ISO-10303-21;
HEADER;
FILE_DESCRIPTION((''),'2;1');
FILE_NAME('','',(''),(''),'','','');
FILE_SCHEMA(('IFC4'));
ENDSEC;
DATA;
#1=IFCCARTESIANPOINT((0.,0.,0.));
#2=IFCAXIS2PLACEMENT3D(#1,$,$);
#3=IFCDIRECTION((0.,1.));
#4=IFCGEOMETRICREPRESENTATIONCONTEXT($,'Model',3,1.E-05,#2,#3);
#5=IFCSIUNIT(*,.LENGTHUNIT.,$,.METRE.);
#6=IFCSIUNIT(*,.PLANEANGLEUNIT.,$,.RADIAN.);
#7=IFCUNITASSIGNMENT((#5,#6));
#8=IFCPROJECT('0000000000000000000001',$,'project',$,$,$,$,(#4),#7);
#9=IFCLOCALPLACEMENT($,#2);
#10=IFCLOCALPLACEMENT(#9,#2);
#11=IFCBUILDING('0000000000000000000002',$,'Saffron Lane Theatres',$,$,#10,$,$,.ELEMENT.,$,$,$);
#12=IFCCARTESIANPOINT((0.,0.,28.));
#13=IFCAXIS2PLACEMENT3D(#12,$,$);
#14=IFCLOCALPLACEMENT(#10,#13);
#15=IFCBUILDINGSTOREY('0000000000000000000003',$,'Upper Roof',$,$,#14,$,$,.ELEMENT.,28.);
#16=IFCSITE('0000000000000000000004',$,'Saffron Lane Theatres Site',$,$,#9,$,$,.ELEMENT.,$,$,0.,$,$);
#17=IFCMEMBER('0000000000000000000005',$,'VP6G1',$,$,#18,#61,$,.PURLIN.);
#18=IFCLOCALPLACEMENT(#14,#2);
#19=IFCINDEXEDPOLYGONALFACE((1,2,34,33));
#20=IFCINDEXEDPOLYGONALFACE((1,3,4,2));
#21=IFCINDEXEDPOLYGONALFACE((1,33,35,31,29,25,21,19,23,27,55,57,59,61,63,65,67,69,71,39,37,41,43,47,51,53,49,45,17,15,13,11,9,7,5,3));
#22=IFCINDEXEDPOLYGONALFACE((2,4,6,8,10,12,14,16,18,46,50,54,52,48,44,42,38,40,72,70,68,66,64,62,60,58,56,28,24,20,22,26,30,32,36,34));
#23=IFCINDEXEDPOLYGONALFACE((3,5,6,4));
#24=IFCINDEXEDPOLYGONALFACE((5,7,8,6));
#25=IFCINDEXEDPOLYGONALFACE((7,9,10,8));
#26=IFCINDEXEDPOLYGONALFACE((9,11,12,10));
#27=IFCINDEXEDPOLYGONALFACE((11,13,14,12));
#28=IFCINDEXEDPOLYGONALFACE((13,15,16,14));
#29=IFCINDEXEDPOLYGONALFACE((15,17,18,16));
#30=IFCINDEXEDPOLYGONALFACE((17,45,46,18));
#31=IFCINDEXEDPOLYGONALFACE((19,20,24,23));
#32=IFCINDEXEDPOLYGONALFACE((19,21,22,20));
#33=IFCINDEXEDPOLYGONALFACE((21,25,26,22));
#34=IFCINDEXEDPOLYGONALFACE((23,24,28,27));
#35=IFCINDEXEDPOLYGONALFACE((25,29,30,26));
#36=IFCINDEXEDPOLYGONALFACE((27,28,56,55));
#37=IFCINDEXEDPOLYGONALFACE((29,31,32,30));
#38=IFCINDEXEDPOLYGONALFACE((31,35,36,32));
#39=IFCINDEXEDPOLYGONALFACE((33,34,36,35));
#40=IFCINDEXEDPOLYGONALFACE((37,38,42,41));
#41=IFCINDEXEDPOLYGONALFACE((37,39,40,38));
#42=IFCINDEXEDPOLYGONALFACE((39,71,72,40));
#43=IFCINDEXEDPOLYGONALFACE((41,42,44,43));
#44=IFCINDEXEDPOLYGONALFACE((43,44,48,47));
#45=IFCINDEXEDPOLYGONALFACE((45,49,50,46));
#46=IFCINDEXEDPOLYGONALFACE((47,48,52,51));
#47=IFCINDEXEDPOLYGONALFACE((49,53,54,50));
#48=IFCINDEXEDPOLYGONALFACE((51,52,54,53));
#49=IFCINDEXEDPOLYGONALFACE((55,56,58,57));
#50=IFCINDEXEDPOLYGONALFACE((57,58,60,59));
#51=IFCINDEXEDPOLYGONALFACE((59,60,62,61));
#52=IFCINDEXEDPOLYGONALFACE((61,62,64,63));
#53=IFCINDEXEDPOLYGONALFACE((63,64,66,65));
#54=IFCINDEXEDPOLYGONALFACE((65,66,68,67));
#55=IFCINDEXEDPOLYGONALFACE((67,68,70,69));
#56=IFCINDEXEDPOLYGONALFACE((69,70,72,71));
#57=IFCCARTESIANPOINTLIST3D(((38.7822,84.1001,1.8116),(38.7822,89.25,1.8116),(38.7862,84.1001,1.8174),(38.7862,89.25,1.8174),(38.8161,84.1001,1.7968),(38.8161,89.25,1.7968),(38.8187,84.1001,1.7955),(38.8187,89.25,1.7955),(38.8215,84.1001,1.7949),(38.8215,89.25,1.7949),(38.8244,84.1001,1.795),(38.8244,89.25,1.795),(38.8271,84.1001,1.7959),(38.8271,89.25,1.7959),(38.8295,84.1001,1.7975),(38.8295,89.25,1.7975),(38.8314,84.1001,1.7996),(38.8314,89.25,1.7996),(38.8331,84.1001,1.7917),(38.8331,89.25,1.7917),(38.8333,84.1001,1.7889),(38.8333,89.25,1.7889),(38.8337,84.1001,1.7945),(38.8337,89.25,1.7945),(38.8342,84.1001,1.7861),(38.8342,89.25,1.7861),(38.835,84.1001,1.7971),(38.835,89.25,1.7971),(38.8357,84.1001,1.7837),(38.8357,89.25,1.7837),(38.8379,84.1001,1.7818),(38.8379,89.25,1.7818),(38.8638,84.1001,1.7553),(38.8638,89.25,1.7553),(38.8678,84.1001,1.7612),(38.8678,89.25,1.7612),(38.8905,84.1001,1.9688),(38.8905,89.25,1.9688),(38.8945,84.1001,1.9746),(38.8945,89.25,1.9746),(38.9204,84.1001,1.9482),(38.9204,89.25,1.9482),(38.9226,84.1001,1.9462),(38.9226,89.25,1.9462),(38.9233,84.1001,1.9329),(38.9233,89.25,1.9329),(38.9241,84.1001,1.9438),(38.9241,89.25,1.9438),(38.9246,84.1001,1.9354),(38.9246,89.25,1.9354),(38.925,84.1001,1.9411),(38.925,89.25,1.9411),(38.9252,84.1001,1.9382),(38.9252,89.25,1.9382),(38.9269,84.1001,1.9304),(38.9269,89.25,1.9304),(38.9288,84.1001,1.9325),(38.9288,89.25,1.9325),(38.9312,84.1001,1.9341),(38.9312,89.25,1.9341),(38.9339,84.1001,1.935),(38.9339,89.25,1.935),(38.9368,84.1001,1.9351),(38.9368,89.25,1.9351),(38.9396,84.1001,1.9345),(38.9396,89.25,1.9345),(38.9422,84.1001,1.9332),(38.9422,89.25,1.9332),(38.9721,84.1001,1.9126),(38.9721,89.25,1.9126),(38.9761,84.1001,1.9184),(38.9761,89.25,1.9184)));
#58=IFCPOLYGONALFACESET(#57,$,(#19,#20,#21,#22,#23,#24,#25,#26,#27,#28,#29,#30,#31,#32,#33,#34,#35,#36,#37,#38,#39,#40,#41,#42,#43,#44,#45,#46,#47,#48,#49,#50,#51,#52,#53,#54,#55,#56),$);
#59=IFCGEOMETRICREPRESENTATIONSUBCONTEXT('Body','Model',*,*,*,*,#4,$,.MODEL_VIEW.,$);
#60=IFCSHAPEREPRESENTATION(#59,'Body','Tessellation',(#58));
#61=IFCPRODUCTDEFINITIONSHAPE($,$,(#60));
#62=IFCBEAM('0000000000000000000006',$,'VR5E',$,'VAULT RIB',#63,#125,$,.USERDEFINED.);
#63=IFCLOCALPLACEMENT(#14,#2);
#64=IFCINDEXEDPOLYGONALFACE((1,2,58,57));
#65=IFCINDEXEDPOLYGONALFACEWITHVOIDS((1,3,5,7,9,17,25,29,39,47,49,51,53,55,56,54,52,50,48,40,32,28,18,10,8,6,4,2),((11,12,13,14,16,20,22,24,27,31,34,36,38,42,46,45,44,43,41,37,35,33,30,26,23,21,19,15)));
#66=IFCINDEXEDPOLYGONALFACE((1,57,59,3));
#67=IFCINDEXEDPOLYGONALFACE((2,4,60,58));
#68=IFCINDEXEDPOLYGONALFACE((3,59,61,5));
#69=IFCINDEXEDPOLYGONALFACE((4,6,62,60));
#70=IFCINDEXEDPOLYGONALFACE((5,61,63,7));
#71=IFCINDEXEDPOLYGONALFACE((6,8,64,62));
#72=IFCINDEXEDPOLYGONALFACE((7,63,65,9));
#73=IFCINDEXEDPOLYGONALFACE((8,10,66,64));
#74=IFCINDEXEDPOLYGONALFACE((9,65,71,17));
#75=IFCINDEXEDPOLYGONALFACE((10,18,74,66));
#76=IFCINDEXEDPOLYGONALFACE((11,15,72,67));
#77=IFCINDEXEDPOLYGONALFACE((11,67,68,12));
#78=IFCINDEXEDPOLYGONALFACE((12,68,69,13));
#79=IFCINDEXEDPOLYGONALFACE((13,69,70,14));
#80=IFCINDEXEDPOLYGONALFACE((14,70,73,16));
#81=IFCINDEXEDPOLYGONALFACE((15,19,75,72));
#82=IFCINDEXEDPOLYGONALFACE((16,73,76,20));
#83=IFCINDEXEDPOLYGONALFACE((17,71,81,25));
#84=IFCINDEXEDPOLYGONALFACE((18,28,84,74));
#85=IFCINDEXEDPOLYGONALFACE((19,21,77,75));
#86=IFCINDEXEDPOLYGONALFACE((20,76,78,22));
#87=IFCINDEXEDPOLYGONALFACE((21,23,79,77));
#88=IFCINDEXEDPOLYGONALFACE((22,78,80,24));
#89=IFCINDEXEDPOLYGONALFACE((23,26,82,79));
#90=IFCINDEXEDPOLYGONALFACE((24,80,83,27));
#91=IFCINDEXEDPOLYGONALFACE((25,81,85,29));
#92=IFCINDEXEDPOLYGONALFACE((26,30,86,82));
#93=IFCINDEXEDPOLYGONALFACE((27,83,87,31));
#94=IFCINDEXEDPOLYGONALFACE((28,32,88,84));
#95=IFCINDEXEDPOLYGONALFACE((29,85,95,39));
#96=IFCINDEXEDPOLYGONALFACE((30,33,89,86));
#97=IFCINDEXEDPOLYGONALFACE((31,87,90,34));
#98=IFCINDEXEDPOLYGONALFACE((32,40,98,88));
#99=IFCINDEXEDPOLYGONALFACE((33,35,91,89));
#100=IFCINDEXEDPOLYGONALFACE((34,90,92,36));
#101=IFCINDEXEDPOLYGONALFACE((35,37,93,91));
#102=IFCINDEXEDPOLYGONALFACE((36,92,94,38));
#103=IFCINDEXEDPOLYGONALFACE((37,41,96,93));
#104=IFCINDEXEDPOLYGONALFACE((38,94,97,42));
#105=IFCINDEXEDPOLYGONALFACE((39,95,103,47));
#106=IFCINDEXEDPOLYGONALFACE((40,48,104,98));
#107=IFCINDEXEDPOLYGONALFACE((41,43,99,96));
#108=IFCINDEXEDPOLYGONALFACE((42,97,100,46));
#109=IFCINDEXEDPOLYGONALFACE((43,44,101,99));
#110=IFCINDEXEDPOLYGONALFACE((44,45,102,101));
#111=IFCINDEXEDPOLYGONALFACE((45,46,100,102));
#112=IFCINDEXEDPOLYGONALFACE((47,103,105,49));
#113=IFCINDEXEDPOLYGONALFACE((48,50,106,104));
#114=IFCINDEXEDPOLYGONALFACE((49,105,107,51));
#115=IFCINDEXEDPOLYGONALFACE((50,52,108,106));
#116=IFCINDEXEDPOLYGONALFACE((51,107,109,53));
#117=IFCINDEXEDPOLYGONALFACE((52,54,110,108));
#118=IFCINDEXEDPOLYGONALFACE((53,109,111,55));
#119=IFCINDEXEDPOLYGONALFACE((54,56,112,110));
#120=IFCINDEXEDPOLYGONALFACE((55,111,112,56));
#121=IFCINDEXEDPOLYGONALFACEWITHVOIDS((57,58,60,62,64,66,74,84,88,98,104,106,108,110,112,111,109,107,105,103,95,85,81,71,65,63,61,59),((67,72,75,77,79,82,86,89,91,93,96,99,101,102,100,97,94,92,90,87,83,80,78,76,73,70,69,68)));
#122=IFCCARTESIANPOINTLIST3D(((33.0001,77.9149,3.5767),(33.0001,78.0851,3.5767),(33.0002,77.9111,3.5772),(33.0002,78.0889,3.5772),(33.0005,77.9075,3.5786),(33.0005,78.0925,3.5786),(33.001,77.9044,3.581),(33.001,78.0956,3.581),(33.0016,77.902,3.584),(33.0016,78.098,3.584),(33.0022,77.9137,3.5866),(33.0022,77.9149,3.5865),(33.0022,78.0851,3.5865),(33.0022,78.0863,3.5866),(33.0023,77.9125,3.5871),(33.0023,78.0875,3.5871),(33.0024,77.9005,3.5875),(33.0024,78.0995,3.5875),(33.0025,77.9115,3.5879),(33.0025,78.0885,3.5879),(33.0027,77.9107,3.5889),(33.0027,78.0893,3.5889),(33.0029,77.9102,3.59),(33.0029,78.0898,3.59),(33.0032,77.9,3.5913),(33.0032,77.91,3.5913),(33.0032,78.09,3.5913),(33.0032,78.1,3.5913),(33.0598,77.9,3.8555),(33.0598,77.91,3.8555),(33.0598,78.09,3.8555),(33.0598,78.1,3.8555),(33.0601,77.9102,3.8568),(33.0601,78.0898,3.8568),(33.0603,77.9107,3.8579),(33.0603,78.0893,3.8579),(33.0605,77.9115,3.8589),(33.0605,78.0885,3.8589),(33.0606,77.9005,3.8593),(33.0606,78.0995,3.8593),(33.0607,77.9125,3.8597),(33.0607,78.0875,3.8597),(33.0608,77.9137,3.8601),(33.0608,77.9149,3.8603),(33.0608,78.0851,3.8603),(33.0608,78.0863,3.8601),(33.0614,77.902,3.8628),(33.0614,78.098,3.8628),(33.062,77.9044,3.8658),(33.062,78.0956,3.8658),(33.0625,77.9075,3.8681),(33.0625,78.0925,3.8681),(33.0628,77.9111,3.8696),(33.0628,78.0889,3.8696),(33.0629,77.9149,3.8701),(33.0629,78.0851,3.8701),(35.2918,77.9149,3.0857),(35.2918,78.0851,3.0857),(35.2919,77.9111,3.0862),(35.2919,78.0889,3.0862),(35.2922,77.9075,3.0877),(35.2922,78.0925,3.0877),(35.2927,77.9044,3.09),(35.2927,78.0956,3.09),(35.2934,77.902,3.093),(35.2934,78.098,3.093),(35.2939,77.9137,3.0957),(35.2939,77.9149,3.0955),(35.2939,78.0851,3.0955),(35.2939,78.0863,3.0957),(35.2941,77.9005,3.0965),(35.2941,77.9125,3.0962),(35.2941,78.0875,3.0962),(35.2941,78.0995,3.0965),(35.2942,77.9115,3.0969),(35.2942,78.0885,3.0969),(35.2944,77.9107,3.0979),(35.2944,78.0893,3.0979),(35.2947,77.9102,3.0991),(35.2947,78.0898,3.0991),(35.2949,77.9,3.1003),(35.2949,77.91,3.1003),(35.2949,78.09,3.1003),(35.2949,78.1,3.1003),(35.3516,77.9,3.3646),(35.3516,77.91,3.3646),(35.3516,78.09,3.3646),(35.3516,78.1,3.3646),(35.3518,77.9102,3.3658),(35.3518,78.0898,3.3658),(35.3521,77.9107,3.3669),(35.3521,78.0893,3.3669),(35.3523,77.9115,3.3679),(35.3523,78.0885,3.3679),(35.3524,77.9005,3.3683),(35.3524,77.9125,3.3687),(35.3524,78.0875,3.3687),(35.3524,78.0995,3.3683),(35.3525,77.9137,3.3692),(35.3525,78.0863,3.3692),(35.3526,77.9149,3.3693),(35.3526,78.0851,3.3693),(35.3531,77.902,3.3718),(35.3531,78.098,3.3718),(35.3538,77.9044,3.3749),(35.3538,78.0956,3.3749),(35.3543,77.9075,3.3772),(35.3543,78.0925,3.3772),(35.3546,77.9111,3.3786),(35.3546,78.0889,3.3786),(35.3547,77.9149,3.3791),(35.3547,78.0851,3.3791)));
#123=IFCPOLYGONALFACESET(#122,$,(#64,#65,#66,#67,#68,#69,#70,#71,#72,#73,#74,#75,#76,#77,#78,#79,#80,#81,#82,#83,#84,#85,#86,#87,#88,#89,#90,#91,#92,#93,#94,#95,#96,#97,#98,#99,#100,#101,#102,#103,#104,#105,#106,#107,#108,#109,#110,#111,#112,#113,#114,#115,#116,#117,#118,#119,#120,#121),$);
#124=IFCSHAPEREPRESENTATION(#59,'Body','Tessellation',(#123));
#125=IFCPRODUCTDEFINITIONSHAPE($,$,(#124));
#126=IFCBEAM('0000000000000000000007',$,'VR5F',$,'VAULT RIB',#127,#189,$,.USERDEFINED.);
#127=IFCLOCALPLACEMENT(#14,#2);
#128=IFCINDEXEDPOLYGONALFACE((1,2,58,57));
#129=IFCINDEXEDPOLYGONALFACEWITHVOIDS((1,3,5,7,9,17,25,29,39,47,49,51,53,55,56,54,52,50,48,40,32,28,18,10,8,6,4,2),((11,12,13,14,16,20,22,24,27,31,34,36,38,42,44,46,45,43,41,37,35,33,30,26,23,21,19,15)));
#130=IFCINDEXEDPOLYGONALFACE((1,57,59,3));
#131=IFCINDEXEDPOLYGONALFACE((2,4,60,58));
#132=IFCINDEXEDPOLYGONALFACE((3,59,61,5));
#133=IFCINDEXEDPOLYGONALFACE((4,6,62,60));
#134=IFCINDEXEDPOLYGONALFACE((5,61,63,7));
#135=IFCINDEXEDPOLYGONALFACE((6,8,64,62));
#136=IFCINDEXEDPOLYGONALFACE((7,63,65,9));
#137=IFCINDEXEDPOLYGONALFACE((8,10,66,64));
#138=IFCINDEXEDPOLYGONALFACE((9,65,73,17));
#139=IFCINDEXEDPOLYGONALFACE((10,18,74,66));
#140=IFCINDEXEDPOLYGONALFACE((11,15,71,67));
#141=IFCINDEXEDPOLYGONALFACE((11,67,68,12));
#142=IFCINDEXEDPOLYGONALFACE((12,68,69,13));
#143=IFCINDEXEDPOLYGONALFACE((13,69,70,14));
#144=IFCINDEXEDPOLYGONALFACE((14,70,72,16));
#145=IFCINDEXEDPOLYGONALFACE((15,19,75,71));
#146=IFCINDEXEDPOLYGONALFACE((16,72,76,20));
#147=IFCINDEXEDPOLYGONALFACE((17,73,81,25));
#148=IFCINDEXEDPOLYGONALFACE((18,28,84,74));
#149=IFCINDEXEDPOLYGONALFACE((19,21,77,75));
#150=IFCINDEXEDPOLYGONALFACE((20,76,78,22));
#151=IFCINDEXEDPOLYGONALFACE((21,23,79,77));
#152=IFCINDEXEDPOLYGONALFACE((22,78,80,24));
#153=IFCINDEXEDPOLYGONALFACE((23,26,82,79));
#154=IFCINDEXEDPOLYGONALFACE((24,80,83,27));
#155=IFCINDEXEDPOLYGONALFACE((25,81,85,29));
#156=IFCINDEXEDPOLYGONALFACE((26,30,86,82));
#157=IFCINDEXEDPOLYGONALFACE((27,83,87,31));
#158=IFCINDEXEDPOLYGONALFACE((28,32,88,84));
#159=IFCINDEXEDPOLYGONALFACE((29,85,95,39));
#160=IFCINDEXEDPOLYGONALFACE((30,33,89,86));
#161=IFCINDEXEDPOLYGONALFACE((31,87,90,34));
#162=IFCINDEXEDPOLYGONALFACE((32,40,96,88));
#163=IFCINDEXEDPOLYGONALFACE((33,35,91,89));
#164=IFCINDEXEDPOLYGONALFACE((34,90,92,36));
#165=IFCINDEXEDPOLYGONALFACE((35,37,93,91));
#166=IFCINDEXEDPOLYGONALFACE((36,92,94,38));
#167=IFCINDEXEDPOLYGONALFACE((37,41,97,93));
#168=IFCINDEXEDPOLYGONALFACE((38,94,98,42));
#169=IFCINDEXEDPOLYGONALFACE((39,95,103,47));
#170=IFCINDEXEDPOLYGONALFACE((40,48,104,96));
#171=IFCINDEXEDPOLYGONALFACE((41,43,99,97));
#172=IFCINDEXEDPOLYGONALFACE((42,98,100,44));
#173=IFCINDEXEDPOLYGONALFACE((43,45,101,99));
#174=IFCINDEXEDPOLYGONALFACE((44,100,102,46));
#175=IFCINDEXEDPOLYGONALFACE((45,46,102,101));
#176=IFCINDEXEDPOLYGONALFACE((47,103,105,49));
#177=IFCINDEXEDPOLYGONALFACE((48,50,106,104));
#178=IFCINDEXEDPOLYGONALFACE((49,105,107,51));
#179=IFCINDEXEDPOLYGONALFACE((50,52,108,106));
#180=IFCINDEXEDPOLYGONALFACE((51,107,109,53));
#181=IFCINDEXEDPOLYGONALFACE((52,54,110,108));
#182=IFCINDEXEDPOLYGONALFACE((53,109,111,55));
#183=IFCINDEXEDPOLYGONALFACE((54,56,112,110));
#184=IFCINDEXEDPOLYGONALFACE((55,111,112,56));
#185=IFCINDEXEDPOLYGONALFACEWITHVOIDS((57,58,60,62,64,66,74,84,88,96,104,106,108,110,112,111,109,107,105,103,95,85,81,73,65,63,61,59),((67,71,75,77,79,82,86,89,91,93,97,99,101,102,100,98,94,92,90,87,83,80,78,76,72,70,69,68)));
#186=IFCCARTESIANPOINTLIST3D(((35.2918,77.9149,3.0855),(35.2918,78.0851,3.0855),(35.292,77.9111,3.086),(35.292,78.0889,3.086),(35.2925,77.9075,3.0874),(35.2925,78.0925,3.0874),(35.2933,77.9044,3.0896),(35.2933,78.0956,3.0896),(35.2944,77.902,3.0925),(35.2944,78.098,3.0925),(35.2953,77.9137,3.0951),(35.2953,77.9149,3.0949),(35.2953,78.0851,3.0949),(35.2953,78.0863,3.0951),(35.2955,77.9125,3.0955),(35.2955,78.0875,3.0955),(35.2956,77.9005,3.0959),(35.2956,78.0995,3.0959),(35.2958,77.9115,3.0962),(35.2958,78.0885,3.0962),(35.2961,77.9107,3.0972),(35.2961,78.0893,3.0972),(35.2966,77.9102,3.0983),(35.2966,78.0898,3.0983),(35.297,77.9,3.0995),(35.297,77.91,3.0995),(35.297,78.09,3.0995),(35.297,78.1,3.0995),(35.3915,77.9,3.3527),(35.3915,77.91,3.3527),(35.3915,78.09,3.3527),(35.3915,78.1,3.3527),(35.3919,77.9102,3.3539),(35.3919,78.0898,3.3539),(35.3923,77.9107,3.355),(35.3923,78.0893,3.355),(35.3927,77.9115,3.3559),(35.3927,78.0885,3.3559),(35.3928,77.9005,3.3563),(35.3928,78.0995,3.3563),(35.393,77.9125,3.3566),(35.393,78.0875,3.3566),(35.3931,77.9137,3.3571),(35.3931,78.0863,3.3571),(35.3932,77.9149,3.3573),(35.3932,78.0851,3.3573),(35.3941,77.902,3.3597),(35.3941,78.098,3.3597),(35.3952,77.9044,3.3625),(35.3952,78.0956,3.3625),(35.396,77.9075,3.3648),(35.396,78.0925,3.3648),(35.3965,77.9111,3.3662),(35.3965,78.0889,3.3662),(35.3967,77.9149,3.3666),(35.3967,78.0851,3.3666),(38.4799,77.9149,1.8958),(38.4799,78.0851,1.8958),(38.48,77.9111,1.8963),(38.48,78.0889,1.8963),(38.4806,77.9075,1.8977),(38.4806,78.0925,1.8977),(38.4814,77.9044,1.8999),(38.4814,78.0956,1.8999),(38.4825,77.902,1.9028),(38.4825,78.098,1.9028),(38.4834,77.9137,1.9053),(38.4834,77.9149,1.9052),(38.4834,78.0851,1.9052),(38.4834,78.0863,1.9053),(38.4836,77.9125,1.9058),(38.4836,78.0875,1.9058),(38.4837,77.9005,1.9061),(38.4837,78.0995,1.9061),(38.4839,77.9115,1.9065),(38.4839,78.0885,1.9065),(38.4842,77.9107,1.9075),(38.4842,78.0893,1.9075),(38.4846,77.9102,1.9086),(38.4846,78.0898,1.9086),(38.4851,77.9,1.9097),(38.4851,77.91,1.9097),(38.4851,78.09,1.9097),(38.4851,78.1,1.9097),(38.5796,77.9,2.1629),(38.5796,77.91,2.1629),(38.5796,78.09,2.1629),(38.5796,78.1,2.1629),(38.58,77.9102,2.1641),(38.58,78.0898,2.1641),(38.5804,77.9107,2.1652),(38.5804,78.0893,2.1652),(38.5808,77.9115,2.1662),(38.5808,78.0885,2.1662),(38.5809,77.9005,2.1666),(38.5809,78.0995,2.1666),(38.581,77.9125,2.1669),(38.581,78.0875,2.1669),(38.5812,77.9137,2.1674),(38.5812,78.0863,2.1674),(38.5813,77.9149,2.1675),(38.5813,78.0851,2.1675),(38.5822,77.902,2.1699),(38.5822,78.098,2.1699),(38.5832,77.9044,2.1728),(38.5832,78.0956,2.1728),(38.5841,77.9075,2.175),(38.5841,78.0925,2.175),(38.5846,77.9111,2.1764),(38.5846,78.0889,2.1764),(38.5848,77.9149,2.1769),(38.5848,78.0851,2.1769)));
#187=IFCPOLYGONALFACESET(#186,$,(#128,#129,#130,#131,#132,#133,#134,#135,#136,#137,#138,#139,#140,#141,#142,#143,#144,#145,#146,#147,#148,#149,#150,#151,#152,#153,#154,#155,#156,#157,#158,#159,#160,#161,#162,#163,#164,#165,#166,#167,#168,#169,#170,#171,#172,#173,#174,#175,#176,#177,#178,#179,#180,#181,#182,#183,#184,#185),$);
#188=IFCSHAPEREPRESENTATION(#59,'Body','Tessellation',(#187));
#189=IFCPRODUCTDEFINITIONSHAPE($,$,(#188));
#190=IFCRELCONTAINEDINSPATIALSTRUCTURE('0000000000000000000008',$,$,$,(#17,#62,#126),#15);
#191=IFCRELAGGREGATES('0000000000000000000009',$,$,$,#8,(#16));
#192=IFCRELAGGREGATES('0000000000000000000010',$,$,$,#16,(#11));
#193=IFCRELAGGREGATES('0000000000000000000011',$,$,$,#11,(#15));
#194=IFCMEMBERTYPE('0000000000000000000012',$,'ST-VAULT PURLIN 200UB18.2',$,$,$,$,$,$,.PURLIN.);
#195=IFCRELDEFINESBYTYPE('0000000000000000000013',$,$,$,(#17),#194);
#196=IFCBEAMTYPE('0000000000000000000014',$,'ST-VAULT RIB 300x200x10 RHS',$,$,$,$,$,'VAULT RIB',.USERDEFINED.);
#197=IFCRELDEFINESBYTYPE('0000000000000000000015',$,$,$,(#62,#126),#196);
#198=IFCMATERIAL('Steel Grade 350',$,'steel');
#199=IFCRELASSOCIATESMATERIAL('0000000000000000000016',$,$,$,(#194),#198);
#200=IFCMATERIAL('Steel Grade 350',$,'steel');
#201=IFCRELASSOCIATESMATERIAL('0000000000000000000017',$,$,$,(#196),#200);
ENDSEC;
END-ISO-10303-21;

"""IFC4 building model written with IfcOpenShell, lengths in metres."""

from ifc_helpers import new_model, si_unit, direction, frame, origin, origin_2d, place, context, subcontext, project, spatial, hollow_rectangle, i_section, extrude, material, material_profile, profile_set, type_object, element, save


model = new_model("IFC4")

# Units and contexts
model_context = context("Model", 3, precision=1e-05, world=origin(), true_north=direction((0.0, 1.0)))
body_context = subcontext(model_context, "Body", "Model", "MODEL_VIEW")
ifc_project = project(units=[si_unit("LENGTHUNIT", "METRE"), si_unit("PLANEANGLEUNIT", "RADIAN")], contexts=[model_context])

# Site, building, storey
site_placement = place(None, origin())
site = spatial("IfcSite", under=ifc_project, at=site_placement, Name="Saffron Lane Theatres Site", CompositionType="ELEMENT", RefElevation=0.0)
building_placement = place(site_placement, origin())
building = spatial("IfcBuilding", under=site, at=building_placement, Name="Saffron Lane Theatres", CompositionType="ELEMENT")
storey_placement = place(building_placement, frame((0.0, 0.0, 28.0)))
storey = spatial("IfcBuildingStorey", under=building, at=storey_placement, Name="Upper Roof", CompositionType="ELEMENT", Elevation=28.0)

# Member
ifc_material_1 = material(Name="Steel Grade 350", Category="steel")
ifc_material_profile_1 = material_profile(ifc_material_1, i_section(OverallWidth=0.0991, OverallDepth=0.198, WebThickness=0.0044, FlangeThickness=0.0071, FilletRadius=0.011, at=origin_2d()))
ifc_profile_set_1 = profile_set([ifc_material_profile_1], Name="Steel Grade 350")
member_type_1 = type_object("IfcMemberType", Name="ST-VAULT PURLIN 200UB18.2", PredefinedType="PURLIN", material=ifc_profile_set_1)
for number, where, z_axis, x_axis, name in (
    (1, (38.8792, 84.1001, 1.865), (0.0, 1.0, 0.0), (0.823487, 0.0, -0.567335), "VP6G1"),
):
    element("IfcMember", number, at=place(storey_placement, frame(where, z_axis=z_axis, x_axis=x_axis)), inside=storey, type_object=member_type_1, Name=name, PredefinedType="PURLIN", context=body_context, shape_type="SweptSolid", body=[
        extrude(i_section(OverallWidth=0.0991, OverallDepth=0.198, WebThickness=0.0044, FlangeThickness=0.0071, FilletRadius=0.011, at=origin_2d()), origin(), (0.0, 0.0, 1.0), 5.1499),
    ])

# Beams
ifc_material_2 = material(Name="Steel Grade 350", Category="steel")
ifc_material_profile_2 = material_profile(ifc_material_2, hollow_rectangle(XDim=0.2, YDim=0.3, WallThickness=0.01, InnerFilletRadius=0.0049, OuterFilletRadius=0.0149, at=origin_2d()))
ifc_profile_set_2 = profile_set([ifc_material_profile_2], Name="Steel Grade 350")
beam_type = type_object("IfcBeamType", Name="ST-VAULT RIB 300x200x10 RHS", ElementType="VAULT RIB", PredefinedType="USERDEFINED", material=ifc_profile_set_2)
beam_1_placement = place(storey_placement, frame((33.0315, 78.0, 3.7234), z_axis=(0.977813, 0.0, -0.209479), x_axis=(0.0, 1.0, 0.0)))
element("IfcBeam", 2, at=beam_1_placement, inside=storey, type_object=beam_type, Name="VR5E", ObjectType="VAULT RIB", PredefinedType="USERDEFINED", context=body_context, shape_type="SweptSolid", body=[
    extrude(hollow_rectangle(XDim=0.2, YDim=0.3, WallThickness=0.01, InnerFilletRadius=0.0049, OuterFilletRadius=0.0149, at=origin_2d()), origin(), (0.0, 0.0, 1.0), 2.3438),
])
beam_2_placement = place(storey_placement, frame((35.3442, 78.0, 3.2261), z_axis=(0.936888, 0.0, -0.349629), x_axis=(0.0, 1.0, 0.0)))
element("IfcBeam", 3, at=beam_2_placement, inside=storey, type_object=beam_type, Name="VR5F", ObjectType="VAULT RIB", PredefinedType="USERDEFINED", context=body_context, shape_type="SweptSolid", body=[
    extrude(hollow_rectangle(XDim=0.2, YDim=0.3, WallThickness=0.01, InnerFilletRadius=0.0049, OuterFilletRadius=0.0149, at=origin_2d()), origin(), (0.0, 0.0, 1.0), 3.4028),
])

save(model, "model.ifc")
